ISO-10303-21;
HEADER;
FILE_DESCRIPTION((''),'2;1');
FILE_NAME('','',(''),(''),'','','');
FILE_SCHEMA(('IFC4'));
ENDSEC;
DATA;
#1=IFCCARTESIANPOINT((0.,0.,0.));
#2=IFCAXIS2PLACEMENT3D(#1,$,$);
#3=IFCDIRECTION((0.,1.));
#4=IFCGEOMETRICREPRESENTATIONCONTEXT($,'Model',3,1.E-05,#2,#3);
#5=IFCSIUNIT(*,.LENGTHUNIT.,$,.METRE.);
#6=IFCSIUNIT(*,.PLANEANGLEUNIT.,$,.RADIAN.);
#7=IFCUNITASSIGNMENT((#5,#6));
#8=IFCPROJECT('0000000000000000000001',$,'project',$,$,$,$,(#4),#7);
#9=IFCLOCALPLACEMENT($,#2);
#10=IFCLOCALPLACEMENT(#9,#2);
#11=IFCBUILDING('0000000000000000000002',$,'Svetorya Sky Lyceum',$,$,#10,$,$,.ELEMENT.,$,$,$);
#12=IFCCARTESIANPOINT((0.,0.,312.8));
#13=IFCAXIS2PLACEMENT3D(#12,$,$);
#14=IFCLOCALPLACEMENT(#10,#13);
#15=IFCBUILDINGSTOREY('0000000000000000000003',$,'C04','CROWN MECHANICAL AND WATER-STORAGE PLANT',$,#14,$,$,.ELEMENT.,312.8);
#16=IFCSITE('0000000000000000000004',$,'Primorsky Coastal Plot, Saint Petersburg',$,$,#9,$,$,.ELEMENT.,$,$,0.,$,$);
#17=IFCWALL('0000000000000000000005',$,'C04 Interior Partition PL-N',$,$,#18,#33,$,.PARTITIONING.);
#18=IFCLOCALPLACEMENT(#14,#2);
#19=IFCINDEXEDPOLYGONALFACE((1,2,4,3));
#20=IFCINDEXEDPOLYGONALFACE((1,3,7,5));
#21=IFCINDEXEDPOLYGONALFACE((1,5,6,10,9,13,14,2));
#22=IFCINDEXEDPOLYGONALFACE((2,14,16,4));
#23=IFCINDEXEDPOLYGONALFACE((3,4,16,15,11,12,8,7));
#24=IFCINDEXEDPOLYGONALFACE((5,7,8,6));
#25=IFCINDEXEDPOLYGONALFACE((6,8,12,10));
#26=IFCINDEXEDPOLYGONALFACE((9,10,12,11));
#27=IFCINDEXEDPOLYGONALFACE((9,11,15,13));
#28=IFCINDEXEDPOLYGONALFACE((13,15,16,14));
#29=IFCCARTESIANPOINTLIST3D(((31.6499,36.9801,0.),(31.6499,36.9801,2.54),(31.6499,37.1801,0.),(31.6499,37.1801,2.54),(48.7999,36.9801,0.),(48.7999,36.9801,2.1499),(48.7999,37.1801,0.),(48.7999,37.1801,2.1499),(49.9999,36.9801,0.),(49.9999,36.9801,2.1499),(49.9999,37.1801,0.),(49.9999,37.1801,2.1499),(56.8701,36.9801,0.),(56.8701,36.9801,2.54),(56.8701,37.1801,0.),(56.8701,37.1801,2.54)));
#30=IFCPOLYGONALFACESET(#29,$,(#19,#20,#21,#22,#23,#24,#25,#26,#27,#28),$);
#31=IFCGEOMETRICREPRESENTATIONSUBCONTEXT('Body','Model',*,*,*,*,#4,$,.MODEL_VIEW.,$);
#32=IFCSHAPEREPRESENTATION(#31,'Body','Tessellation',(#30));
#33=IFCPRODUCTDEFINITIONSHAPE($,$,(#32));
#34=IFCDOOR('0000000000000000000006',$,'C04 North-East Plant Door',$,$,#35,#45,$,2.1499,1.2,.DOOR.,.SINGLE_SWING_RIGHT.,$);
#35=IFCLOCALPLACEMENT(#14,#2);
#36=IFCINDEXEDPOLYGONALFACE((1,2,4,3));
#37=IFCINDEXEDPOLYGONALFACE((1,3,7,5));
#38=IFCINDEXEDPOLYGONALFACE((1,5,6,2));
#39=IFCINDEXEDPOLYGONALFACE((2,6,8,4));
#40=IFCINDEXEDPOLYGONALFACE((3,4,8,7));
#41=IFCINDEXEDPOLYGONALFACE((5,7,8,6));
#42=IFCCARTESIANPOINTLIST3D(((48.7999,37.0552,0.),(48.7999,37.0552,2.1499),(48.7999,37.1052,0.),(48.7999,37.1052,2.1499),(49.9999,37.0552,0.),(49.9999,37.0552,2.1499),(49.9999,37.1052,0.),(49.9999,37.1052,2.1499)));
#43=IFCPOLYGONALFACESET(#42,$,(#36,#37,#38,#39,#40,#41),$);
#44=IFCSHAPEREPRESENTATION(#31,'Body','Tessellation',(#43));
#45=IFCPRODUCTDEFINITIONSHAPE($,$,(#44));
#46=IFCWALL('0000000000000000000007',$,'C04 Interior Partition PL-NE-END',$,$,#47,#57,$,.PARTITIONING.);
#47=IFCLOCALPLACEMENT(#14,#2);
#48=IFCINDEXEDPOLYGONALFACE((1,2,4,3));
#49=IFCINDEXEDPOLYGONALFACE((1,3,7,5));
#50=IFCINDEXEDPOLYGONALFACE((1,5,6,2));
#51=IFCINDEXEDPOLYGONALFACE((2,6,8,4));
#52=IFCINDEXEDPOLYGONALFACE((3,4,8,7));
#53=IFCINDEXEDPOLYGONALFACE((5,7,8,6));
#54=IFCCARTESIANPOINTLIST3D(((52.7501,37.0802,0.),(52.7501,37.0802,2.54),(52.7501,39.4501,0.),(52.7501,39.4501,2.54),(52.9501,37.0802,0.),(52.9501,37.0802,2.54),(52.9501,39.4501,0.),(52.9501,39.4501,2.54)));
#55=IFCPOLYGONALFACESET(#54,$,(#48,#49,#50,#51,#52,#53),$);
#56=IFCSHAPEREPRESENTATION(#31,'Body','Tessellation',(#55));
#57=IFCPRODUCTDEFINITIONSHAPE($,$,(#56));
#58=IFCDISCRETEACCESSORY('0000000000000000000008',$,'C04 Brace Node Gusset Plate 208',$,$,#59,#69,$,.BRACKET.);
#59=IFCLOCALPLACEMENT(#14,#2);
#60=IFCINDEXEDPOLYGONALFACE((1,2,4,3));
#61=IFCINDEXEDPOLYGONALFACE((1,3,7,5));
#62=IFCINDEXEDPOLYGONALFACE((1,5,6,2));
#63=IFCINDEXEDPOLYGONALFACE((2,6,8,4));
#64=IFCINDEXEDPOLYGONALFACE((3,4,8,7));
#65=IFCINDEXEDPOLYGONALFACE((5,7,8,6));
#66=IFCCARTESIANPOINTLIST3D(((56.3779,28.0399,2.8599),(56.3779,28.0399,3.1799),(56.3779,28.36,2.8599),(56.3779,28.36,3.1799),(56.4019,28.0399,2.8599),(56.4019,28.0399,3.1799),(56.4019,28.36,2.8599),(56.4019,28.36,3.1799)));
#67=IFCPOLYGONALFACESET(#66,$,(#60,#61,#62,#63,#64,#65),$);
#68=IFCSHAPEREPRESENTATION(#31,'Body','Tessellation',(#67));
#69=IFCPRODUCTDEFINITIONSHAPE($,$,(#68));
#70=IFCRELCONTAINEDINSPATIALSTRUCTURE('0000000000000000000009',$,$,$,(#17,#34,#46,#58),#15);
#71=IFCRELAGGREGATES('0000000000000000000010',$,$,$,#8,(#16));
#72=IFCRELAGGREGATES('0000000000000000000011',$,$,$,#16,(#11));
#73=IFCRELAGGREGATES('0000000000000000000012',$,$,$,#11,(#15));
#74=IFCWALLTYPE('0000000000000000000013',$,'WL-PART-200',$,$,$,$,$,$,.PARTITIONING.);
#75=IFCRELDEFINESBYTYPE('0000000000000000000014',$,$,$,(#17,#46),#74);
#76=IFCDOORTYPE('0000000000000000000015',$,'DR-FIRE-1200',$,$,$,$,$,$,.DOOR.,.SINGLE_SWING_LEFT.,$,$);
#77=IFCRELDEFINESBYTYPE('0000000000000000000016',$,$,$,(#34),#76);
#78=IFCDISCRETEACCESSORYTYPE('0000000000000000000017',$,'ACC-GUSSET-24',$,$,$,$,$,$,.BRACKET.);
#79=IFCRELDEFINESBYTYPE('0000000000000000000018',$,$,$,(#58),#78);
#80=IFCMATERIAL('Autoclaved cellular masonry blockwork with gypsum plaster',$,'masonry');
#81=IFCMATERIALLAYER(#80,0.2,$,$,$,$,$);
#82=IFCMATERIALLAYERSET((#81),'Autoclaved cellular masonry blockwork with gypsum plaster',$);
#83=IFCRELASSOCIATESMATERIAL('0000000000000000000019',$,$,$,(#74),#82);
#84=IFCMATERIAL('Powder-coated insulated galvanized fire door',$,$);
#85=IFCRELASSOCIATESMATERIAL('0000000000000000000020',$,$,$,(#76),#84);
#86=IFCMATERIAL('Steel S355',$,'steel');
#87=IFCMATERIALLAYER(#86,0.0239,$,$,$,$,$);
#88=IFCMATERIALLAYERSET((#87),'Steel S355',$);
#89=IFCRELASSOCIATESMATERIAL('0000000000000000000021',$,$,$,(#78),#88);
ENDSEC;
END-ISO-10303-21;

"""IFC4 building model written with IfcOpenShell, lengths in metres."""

from ifc_helpers import new_model, si_unit, direction, frame, frame_2d, origin, origin_2d, place, context, subcontext, project, spatial, rectangle, extrude, material, layer, layer_set, type_object, element, fill, save


model = new_model("IFC4")

# Units and contexts
model_context = context("Model", 3, precision=1e-05, world=origin(), true_north=direction((0.0, 1.0)))
body_context = subcontext(model_context, "Body", "Model", "MODEL_VIEW")
ifc_project = project(units=[si_unit("LENGTHUNIT", "METRE"), si_unit("PLANEANGLEUNIT", "RADIAN")], contexts=[model_context])

# Site, building, storey
site_placement = place(None, origin())
site = spatial("IfcSite", under=ifc_project, at=site_placement, Name="Primorsky Coastal Plot, Saint Petersburg", CompositionType="ELEMENT", RefElevation=0.0)
building_placement = place(site_placement, origin())
building = spatial("IfcBuilding", under=site, at=building_placement, Name="Svetorya Sky Lyceum", CompositionType="ELEMENT")
storey_placement = place(building_placement, frame((0.0, 0.0, 312.8)))
storey = spatial("IfcBuildingStorey", under=building, at=storey_placement, Name="C04", Description="CROWN MECHANICAL AND WATER-STORAGE PLANT", CompositionType="ELEMENT", Elevation=312.8)

# Shared definitions
ifc_material_1 = material(Name="Steel S355", Category="steel")

# Shared definitions
ifc_material_2 = material(Name="Autoclaved cellular masonry blockwork with gypsum plaster", Category="masonry")
ifc_layer_1 = layer(ifc_material_2, 0.2)
ifc_layer_set_1 = layer_set([ifc_layer_1], Name="Autoclaved cellular masonry blockwork with gypsum plaster")
wall_type_1 = type_object("IfcWallType", Name="WL-PART-200", PredefinedType="PARTITIONING", material=ifc_layer_set_1)

# Wall, opening, door
wall_1_placement = place(storey_placement, frame((56.8701, 37.0801, 0.0), z_axis=(0.0, 0.0, 1.0), x_axis=(-1.0, 0.0, 0.0)))
wall_1 = element("IfcWall", 1, at=wall_1_placement, inside=storey, type_object=wall_type_1, Name="C04 Interior Partition PL-N", PredefinedType="PARTITIONING", context=body_context, shape_type="SweptSolid", body=[
    extrude(rectangle(XDim=25.2202, YDim=0.2, at=frame_2d((12.6101, 0.0))), origin(), (0.0, 0.0, 1.0), 2.54),
])
opening_placement = place(wall_1_placement, frame((6.8701, 0.0, 0.0)))
opening = element("IfcOpeningElement", 2, at=opening_placement, cuts=wall_1, PredefinedType="OPENING", context=body_context, shape_type="SweptSolid", body=[
    extrude(rectangle(XDim=1.2, YDim=2.1499, at=frame_2d((0.6001, 1.075))), frame((0.0, 0.1099, 0.0), z_axis=(0.0, -1.0, 0.0), x_axis=(1.0, 0.0, 0.0)), (0.0, 0.0, 1.0), 0.22),
])
ifc_material_3 = material(Name="Powder-coated insulated galvanized fire door")
door_type = type_object("IfcDoorType", Name="DR-FIRE-1200", OperationType="SINGLE_SWING_LEFT", PredefinedType="DOOR", material=ifc_material_3)
door_placement = place(opening_placement, origin())
door = element("IfcDoor", 3, at=door_placement, inside=storey, type_object=door_type, Name="C04 North-East Plant Door", OperationType="SINGLE_SWING_RIGHT", OverallHeight=2.1499, OverallWidth=1.2, PredefinedType="DOOR", context=body_context, shape_type="SweptSolid", body=[
    extrude(rectangle(XDim=1.2, YDim=2.1499, at=frame_2d((0.6001, 1.075))), frame((0.0, 0.0249, 0.0), z_axis=(0.0, -1.0, 0.0), x_axis=(1.0, 0.0, 0.0)), (0.0, 0.0, 1.0), 0.05),
])
fill(opening, door)

# Wall
wall_2_placement = place(storey_placement, frame((52.8501, 37.0801, 0.0), z_axis=(0.0, 0.0, 1.0), x_axis=(0.0, 1.0, 0.0)))
element("IfcWall", 4, at=wall_2_placement, inside=storey, type_object=wall_type_1, Name="C04 Interior Partition PL-NE-END", PredefinedType="PARTITIONING", context=body_context, shape_type="SweptSolid", body=[
    extrude(rectangle(XDim=2.3699, YDim=0.2, at=frame_2d((1.1851, 0.0))), origin(), (0.0, 0.0, 1.0), 2.54),
])

# Discrete accessory
ifc_layer_2 = layer(ifc_material_1, 0.0239)
ifc_layer_set_2 = layer_set([ifc_layer_2], Name="Steel S355")
discrete_accessory_type = type_object("IfcDiscreteAccessoryType", Name="ACC-GUSSET-24", PredefinedType="BRACKET", material=ifc_layer_set_2)
discrete_accessory_placement = place(storey_placement, frame((56.3899, 28.2, 2.8599), z_axis=(0.0, 0.0, 1.0), x_axis=(1.0, 0.0, 0.0)))
element("IfcDiscreteAccessory", 5, at=discrete_accessory_placement, inside=storey, type_object=discrete_accessory_type, Name="C04 Brace Node Gusset Plate 208", PredefinedType="BRACKET", context=body_context, shape_type="SweptSolid", body=[
    extrude(rectangle(XDim=0.0239, YDim=0.3201, at=origin_2d()), origin(), (0.0, 0.0, 1.0), 0.3201),
])

save(model, "model.ifc")
